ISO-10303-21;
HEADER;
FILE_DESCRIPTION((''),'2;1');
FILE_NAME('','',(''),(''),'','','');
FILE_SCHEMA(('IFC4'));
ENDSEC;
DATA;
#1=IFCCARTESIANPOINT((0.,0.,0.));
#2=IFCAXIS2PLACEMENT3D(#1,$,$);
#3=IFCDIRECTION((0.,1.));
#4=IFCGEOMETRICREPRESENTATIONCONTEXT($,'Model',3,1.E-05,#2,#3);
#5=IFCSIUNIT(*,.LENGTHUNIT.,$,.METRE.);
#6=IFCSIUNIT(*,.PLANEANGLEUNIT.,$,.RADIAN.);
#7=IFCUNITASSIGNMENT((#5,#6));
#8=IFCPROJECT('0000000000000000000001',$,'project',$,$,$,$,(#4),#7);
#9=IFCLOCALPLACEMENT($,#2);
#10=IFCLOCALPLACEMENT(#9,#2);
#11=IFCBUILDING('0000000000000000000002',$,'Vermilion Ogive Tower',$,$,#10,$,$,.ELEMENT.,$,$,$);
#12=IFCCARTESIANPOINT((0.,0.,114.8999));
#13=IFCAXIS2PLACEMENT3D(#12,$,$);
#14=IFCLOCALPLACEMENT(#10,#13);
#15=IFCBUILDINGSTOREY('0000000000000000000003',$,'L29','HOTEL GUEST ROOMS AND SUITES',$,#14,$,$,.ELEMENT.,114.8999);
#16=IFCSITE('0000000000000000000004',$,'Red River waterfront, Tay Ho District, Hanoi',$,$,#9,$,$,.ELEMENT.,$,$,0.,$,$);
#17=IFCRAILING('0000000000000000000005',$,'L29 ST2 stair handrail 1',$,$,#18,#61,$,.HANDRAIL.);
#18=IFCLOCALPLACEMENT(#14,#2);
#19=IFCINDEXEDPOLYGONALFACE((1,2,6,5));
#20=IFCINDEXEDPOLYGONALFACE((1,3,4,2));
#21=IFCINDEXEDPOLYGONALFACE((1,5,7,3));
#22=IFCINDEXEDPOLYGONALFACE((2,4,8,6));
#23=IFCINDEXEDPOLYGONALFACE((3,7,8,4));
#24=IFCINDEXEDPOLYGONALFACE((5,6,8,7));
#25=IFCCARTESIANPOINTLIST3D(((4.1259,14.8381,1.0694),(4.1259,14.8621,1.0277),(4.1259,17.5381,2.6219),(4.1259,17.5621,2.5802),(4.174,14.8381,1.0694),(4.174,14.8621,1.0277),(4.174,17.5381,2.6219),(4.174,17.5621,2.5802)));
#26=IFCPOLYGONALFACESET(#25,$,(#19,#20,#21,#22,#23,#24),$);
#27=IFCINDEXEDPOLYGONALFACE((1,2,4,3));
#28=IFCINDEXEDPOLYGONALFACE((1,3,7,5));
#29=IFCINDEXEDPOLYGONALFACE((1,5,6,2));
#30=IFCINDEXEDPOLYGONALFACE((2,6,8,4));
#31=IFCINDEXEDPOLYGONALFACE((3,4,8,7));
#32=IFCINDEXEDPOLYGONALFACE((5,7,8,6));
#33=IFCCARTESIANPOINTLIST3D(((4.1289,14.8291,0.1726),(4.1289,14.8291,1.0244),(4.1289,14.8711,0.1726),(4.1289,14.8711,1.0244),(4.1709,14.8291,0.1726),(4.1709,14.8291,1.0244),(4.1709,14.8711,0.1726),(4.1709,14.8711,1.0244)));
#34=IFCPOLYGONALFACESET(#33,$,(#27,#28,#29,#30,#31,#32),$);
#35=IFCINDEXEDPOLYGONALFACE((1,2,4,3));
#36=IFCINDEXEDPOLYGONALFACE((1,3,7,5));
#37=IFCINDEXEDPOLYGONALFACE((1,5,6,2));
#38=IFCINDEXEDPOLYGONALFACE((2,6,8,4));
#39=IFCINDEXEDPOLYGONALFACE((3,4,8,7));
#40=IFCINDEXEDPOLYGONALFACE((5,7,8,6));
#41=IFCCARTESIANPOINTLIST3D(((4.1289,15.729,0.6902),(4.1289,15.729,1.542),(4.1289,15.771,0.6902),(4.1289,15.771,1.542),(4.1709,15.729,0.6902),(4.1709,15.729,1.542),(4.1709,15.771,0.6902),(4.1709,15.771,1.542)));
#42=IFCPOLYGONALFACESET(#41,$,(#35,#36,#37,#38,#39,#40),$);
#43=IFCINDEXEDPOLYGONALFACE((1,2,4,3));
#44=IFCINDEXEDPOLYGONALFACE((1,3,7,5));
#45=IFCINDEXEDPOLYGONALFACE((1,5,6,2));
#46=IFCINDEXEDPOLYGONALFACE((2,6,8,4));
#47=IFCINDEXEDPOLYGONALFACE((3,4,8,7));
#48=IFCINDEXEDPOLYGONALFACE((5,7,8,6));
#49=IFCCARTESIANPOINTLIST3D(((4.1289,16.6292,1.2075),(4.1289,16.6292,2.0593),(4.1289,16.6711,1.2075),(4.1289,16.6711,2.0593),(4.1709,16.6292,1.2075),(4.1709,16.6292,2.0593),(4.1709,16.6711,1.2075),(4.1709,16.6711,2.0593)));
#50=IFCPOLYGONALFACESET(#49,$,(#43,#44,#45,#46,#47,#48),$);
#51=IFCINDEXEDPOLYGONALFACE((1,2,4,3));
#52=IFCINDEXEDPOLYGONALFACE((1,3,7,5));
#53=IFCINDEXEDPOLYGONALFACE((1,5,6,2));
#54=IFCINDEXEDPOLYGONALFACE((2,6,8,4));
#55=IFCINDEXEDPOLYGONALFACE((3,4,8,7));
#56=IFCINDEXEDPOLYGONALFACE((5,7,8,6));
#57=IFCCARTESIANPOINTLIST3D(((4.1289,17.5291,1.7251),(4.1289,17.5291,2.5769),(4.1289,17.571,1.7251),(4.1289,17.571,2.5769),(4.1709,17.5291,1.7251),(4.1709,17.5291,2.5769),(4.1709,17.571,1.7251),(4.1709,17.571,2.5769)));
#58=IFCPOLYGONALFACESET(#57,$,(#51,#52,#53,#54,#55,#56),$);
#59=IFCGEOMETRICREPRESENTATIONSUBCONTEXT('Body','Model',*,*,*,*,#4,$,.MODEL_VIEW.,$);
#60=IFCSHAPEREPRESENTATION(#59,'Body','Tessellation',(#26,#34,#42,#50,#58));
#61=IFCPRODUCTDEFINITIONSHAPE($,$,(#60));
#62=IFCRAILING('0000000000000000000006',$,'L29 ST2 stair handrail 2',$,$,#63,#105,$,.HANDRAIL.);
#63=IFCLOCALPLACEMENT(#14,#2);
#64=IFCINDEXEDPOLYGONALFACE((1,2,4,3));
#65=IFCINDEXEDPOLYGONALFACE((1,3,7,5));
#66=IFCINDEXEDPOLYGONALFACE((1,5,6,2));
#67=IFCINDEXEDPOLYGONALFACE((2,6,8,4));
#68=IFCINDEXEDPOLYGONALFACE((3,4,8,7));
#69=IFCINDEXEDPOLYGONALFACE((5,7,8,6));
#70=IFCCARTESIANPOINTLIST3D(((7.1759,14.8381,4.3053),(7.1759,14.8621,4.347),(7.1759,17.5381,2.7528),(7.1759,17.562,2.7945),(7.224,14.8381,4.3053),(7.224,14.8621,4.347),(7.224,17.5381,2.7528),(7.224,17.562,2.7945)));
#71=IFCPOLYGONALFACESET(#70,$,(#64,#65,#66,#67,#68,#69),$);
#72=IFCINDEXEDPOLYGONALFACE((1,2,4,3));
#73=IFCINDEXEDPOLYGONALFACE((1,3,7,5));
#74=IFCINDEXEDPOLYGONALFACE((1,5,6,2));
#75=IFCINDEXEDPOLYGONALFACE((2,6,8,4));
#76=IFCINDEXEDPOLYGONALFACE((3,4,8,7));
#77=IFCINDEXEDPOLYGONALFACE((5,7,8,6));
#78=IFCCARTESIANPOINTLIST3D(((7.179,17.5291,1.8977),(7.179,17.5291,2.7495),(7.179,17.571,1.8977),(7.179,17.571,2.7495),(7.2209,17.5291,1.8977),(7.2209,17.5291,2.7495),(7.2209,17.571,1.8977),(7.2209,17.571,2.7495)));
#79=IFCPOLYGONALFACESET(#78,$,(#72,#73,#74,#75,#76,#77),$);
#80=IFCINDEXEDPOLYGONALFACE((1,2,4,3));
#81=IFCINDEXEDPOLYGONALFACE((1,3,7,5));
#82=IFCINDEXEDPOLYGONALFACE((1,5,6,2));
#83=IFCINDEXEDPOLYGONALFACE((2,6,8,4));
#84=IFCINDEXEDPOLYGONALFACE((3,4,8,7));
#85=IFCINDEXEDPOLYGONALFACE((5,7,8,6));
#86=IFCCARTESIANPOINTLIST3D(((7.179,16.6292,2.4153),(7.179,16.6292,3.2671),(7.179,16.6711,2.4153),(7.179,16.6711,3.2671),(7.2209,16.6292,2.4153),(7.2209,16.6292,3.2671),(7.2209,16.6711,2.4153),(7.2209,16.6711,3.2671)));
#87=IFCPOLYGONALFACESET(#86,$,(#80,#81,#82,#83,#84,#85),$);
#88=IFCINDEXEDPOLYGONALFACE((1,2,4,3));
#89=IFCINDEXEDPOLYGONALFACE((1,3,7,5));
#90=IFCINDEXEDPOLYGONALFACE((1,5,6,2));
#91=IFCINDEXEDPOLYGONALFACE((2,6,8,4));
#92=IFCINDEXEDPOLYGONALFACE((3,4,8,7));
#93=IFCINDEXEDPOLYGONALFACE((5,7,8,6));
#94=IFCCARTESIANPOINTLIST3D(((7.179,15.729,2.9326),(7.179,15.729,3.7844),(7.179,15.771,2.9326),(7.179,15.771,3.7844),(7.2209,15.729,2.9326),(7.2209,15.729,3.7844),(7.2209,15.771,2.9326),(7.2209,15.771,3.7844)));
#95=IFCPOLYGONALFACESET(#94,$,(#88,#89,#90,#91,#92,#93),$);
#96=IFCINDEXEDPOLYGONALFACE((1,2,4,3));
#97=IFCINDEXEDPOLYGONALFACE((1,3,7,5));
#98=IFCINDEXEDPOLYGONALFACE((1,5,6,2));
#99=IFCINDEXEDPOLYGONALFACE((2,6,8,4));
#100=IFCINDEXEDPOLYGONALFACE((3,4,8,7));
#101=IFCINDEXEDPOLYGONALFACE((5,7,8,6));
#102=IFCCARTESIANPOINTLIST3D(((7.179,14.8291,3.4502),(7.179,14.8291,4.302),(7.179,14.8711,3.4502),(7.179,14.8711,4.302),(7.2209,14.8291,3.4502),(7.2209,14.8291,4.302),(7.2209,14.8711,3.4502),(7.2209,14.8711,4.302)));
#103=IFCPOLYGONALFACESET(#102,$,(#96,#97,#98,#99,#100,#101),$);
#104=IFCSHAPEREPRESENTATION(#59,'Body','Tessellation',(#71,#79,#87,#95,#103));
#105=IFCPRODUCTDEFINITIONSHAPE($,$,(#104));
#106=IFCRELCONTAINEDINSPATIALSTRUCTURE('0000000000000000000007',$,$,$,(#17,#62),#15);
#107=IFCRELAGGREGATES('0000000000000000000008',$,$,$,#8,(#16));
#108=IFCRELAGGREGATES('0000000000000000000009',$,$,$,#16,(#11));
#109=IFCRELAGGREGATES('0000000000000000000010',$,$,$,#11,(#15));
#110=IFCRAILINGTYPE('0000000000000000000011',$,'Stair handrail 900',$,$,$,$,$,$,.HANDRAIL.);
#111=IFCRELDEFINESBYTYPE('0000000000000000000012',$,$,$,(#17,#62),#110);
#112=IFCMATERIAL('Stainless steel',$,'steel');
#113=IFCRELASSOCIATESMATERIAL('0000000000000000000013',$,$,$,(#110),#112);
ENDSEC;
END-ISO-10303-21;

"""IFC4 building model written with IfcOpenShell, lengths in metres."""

from ifc_helpers import new_model, si_unit, direction, frame, origin, origin_2d, place, context, subcontext, project, spatial, rectangle, extrude, material, type_object, element, save


model = new_model("IFC4")

# Units and contexts
model_context = context("Model", 3, precision=1e-05, world=origin(), true_north=direction((0.0, 1.0)))
body_context = subcontext(model_context, "Body", "Model", "MODEL_VIEW")
ifc_project = project(units=[si_unit("LENGTHUNIT", "METRE"), si_unit("PLANEANGLEUNIT", "RADIAN")], contexts=[model_context])

# Site, building, storey
site_placement = place(None, origin())
site = spatial("IfcSite", under=ifc_project, at=site_placement, Name="Red River waterfront, Tay Ho District, Hanoi", CompositionType="ELEMENT", RefElevation=0.0)
building_placement = place(site_placement, origin())
building = spatial("IfcBuilding", under=site, at=building_placement, Name="Vermilion Ogive Tower", CompositionType="ELEMENT")
storey_placement = place(building_placement, frame((0.0, 0.0, 114.8999)))
storey = spatial("IfcBuildingStorey", under=building, at=storey_placement, Name="L29", Description="HOTEL GUEST ROOMS AND SUITES", CompositionType="ELEMENT", Elevation=114.8999)

# Railings
ifc_material_1 = material(Name="Stainless steel", Category="steel")
railing_type_1 = type_object("IfcRailingType", Name="Stair handrail 900", PredefinedType="HANDRAIL", material=ifc_material_1)
railing_1_placement = place(storey_placement, frame((4.1499, 14.8501, 0.1726)))
element("IfcRailing", 1, at=railing_1_placement, inside=storey, type_object=railing_type_1, Name="L29 ST2 stair handrail 1", PredefinedType="HANDRAIL", context=body_context, shape_type="SweptSolid", body=[
    extrude(rectangle(XDim=0.0481, YDim=0.0481, at=origin_2d()), frame((0.0, 0.0, 0.876), z_axis=(0.0, 0.866904, 0.498476), x_axis=(-1.0, 0.0, 0.0)), (0.0, 0.0, 1.0), 3.1145),
    extrude(rectangle(XDim=0.042, YDim=0.042, at=origin_2d()), origin(), (0.0, 0.0, 1.0), 0.8518),
    extrude(rectangle(XDim=0.042, YDim=0.042, at=origin_2d()), frame((0.0, 0.8999, 0.5176)), (0.0, 0.0, 1.0), 0.8518),
    extrude(rectangle(XDim=0.042, YDim=0.042, at=origin_2d()), frame((0.0, 1.8, 1.0349)), (0.0, 0.0, 1.0), 0.8518),
    extrude(rectangle(XDim=0.042, YDim=0.042, at=origin_2d()), frame((0.0, 2.7, 1.5525)), (0.0, 0.0, 1.0), 0.8518),
])
railing_2_placement = place(storey_placement, frame((7.2, 17.55, 1.8977)))
element("IfcRailing", 2, at=railing_2_placement, inside=storey, type_object=railing_type_1, Name="L29 ST2 stair handrail 2", PredefinedType="HANDRAIL", context=body_context, shape_type="SweptSolid", body=[
    extrude(rectangle(XDim=0.0481, YDim=0.0481, at=origin_2d()), frame((0.0, 0.0, 0.876), z_axis=(0.0, -0.866904, 0.498476), x_axis=(1.0, 0.0, 0.0)), (0.0, 0.0, 1.0), 3.1145),
    extrude(rectangle(XDim=0.042, YDim=0.042, at=origin_2d()), origin(), (0.0, 0.0, 1.0), 0.8518),
    extrude(rectangle(XDim=0.042, YDim=0.042, at=origin_2d()), frame((0.0, -0.8999, 0.5176)), (0.0, 0.0, 1.0), 0.8518),
    extrude(rectangle(XDim=0.042, YDim=0.042, at=origin_2d()), frame((0.0, -1.8, 1.0349)), (0.0, 0.0, 1.0), 0.8518),
    extrude(rectangle(XDim=0.042, YDim=0.042, at=origin_2d()), frame((0.0, -2.7, 1.5525)), (0.0, 0.0, 1.0), 0.8518),
])

save(model, "model.ifc")
